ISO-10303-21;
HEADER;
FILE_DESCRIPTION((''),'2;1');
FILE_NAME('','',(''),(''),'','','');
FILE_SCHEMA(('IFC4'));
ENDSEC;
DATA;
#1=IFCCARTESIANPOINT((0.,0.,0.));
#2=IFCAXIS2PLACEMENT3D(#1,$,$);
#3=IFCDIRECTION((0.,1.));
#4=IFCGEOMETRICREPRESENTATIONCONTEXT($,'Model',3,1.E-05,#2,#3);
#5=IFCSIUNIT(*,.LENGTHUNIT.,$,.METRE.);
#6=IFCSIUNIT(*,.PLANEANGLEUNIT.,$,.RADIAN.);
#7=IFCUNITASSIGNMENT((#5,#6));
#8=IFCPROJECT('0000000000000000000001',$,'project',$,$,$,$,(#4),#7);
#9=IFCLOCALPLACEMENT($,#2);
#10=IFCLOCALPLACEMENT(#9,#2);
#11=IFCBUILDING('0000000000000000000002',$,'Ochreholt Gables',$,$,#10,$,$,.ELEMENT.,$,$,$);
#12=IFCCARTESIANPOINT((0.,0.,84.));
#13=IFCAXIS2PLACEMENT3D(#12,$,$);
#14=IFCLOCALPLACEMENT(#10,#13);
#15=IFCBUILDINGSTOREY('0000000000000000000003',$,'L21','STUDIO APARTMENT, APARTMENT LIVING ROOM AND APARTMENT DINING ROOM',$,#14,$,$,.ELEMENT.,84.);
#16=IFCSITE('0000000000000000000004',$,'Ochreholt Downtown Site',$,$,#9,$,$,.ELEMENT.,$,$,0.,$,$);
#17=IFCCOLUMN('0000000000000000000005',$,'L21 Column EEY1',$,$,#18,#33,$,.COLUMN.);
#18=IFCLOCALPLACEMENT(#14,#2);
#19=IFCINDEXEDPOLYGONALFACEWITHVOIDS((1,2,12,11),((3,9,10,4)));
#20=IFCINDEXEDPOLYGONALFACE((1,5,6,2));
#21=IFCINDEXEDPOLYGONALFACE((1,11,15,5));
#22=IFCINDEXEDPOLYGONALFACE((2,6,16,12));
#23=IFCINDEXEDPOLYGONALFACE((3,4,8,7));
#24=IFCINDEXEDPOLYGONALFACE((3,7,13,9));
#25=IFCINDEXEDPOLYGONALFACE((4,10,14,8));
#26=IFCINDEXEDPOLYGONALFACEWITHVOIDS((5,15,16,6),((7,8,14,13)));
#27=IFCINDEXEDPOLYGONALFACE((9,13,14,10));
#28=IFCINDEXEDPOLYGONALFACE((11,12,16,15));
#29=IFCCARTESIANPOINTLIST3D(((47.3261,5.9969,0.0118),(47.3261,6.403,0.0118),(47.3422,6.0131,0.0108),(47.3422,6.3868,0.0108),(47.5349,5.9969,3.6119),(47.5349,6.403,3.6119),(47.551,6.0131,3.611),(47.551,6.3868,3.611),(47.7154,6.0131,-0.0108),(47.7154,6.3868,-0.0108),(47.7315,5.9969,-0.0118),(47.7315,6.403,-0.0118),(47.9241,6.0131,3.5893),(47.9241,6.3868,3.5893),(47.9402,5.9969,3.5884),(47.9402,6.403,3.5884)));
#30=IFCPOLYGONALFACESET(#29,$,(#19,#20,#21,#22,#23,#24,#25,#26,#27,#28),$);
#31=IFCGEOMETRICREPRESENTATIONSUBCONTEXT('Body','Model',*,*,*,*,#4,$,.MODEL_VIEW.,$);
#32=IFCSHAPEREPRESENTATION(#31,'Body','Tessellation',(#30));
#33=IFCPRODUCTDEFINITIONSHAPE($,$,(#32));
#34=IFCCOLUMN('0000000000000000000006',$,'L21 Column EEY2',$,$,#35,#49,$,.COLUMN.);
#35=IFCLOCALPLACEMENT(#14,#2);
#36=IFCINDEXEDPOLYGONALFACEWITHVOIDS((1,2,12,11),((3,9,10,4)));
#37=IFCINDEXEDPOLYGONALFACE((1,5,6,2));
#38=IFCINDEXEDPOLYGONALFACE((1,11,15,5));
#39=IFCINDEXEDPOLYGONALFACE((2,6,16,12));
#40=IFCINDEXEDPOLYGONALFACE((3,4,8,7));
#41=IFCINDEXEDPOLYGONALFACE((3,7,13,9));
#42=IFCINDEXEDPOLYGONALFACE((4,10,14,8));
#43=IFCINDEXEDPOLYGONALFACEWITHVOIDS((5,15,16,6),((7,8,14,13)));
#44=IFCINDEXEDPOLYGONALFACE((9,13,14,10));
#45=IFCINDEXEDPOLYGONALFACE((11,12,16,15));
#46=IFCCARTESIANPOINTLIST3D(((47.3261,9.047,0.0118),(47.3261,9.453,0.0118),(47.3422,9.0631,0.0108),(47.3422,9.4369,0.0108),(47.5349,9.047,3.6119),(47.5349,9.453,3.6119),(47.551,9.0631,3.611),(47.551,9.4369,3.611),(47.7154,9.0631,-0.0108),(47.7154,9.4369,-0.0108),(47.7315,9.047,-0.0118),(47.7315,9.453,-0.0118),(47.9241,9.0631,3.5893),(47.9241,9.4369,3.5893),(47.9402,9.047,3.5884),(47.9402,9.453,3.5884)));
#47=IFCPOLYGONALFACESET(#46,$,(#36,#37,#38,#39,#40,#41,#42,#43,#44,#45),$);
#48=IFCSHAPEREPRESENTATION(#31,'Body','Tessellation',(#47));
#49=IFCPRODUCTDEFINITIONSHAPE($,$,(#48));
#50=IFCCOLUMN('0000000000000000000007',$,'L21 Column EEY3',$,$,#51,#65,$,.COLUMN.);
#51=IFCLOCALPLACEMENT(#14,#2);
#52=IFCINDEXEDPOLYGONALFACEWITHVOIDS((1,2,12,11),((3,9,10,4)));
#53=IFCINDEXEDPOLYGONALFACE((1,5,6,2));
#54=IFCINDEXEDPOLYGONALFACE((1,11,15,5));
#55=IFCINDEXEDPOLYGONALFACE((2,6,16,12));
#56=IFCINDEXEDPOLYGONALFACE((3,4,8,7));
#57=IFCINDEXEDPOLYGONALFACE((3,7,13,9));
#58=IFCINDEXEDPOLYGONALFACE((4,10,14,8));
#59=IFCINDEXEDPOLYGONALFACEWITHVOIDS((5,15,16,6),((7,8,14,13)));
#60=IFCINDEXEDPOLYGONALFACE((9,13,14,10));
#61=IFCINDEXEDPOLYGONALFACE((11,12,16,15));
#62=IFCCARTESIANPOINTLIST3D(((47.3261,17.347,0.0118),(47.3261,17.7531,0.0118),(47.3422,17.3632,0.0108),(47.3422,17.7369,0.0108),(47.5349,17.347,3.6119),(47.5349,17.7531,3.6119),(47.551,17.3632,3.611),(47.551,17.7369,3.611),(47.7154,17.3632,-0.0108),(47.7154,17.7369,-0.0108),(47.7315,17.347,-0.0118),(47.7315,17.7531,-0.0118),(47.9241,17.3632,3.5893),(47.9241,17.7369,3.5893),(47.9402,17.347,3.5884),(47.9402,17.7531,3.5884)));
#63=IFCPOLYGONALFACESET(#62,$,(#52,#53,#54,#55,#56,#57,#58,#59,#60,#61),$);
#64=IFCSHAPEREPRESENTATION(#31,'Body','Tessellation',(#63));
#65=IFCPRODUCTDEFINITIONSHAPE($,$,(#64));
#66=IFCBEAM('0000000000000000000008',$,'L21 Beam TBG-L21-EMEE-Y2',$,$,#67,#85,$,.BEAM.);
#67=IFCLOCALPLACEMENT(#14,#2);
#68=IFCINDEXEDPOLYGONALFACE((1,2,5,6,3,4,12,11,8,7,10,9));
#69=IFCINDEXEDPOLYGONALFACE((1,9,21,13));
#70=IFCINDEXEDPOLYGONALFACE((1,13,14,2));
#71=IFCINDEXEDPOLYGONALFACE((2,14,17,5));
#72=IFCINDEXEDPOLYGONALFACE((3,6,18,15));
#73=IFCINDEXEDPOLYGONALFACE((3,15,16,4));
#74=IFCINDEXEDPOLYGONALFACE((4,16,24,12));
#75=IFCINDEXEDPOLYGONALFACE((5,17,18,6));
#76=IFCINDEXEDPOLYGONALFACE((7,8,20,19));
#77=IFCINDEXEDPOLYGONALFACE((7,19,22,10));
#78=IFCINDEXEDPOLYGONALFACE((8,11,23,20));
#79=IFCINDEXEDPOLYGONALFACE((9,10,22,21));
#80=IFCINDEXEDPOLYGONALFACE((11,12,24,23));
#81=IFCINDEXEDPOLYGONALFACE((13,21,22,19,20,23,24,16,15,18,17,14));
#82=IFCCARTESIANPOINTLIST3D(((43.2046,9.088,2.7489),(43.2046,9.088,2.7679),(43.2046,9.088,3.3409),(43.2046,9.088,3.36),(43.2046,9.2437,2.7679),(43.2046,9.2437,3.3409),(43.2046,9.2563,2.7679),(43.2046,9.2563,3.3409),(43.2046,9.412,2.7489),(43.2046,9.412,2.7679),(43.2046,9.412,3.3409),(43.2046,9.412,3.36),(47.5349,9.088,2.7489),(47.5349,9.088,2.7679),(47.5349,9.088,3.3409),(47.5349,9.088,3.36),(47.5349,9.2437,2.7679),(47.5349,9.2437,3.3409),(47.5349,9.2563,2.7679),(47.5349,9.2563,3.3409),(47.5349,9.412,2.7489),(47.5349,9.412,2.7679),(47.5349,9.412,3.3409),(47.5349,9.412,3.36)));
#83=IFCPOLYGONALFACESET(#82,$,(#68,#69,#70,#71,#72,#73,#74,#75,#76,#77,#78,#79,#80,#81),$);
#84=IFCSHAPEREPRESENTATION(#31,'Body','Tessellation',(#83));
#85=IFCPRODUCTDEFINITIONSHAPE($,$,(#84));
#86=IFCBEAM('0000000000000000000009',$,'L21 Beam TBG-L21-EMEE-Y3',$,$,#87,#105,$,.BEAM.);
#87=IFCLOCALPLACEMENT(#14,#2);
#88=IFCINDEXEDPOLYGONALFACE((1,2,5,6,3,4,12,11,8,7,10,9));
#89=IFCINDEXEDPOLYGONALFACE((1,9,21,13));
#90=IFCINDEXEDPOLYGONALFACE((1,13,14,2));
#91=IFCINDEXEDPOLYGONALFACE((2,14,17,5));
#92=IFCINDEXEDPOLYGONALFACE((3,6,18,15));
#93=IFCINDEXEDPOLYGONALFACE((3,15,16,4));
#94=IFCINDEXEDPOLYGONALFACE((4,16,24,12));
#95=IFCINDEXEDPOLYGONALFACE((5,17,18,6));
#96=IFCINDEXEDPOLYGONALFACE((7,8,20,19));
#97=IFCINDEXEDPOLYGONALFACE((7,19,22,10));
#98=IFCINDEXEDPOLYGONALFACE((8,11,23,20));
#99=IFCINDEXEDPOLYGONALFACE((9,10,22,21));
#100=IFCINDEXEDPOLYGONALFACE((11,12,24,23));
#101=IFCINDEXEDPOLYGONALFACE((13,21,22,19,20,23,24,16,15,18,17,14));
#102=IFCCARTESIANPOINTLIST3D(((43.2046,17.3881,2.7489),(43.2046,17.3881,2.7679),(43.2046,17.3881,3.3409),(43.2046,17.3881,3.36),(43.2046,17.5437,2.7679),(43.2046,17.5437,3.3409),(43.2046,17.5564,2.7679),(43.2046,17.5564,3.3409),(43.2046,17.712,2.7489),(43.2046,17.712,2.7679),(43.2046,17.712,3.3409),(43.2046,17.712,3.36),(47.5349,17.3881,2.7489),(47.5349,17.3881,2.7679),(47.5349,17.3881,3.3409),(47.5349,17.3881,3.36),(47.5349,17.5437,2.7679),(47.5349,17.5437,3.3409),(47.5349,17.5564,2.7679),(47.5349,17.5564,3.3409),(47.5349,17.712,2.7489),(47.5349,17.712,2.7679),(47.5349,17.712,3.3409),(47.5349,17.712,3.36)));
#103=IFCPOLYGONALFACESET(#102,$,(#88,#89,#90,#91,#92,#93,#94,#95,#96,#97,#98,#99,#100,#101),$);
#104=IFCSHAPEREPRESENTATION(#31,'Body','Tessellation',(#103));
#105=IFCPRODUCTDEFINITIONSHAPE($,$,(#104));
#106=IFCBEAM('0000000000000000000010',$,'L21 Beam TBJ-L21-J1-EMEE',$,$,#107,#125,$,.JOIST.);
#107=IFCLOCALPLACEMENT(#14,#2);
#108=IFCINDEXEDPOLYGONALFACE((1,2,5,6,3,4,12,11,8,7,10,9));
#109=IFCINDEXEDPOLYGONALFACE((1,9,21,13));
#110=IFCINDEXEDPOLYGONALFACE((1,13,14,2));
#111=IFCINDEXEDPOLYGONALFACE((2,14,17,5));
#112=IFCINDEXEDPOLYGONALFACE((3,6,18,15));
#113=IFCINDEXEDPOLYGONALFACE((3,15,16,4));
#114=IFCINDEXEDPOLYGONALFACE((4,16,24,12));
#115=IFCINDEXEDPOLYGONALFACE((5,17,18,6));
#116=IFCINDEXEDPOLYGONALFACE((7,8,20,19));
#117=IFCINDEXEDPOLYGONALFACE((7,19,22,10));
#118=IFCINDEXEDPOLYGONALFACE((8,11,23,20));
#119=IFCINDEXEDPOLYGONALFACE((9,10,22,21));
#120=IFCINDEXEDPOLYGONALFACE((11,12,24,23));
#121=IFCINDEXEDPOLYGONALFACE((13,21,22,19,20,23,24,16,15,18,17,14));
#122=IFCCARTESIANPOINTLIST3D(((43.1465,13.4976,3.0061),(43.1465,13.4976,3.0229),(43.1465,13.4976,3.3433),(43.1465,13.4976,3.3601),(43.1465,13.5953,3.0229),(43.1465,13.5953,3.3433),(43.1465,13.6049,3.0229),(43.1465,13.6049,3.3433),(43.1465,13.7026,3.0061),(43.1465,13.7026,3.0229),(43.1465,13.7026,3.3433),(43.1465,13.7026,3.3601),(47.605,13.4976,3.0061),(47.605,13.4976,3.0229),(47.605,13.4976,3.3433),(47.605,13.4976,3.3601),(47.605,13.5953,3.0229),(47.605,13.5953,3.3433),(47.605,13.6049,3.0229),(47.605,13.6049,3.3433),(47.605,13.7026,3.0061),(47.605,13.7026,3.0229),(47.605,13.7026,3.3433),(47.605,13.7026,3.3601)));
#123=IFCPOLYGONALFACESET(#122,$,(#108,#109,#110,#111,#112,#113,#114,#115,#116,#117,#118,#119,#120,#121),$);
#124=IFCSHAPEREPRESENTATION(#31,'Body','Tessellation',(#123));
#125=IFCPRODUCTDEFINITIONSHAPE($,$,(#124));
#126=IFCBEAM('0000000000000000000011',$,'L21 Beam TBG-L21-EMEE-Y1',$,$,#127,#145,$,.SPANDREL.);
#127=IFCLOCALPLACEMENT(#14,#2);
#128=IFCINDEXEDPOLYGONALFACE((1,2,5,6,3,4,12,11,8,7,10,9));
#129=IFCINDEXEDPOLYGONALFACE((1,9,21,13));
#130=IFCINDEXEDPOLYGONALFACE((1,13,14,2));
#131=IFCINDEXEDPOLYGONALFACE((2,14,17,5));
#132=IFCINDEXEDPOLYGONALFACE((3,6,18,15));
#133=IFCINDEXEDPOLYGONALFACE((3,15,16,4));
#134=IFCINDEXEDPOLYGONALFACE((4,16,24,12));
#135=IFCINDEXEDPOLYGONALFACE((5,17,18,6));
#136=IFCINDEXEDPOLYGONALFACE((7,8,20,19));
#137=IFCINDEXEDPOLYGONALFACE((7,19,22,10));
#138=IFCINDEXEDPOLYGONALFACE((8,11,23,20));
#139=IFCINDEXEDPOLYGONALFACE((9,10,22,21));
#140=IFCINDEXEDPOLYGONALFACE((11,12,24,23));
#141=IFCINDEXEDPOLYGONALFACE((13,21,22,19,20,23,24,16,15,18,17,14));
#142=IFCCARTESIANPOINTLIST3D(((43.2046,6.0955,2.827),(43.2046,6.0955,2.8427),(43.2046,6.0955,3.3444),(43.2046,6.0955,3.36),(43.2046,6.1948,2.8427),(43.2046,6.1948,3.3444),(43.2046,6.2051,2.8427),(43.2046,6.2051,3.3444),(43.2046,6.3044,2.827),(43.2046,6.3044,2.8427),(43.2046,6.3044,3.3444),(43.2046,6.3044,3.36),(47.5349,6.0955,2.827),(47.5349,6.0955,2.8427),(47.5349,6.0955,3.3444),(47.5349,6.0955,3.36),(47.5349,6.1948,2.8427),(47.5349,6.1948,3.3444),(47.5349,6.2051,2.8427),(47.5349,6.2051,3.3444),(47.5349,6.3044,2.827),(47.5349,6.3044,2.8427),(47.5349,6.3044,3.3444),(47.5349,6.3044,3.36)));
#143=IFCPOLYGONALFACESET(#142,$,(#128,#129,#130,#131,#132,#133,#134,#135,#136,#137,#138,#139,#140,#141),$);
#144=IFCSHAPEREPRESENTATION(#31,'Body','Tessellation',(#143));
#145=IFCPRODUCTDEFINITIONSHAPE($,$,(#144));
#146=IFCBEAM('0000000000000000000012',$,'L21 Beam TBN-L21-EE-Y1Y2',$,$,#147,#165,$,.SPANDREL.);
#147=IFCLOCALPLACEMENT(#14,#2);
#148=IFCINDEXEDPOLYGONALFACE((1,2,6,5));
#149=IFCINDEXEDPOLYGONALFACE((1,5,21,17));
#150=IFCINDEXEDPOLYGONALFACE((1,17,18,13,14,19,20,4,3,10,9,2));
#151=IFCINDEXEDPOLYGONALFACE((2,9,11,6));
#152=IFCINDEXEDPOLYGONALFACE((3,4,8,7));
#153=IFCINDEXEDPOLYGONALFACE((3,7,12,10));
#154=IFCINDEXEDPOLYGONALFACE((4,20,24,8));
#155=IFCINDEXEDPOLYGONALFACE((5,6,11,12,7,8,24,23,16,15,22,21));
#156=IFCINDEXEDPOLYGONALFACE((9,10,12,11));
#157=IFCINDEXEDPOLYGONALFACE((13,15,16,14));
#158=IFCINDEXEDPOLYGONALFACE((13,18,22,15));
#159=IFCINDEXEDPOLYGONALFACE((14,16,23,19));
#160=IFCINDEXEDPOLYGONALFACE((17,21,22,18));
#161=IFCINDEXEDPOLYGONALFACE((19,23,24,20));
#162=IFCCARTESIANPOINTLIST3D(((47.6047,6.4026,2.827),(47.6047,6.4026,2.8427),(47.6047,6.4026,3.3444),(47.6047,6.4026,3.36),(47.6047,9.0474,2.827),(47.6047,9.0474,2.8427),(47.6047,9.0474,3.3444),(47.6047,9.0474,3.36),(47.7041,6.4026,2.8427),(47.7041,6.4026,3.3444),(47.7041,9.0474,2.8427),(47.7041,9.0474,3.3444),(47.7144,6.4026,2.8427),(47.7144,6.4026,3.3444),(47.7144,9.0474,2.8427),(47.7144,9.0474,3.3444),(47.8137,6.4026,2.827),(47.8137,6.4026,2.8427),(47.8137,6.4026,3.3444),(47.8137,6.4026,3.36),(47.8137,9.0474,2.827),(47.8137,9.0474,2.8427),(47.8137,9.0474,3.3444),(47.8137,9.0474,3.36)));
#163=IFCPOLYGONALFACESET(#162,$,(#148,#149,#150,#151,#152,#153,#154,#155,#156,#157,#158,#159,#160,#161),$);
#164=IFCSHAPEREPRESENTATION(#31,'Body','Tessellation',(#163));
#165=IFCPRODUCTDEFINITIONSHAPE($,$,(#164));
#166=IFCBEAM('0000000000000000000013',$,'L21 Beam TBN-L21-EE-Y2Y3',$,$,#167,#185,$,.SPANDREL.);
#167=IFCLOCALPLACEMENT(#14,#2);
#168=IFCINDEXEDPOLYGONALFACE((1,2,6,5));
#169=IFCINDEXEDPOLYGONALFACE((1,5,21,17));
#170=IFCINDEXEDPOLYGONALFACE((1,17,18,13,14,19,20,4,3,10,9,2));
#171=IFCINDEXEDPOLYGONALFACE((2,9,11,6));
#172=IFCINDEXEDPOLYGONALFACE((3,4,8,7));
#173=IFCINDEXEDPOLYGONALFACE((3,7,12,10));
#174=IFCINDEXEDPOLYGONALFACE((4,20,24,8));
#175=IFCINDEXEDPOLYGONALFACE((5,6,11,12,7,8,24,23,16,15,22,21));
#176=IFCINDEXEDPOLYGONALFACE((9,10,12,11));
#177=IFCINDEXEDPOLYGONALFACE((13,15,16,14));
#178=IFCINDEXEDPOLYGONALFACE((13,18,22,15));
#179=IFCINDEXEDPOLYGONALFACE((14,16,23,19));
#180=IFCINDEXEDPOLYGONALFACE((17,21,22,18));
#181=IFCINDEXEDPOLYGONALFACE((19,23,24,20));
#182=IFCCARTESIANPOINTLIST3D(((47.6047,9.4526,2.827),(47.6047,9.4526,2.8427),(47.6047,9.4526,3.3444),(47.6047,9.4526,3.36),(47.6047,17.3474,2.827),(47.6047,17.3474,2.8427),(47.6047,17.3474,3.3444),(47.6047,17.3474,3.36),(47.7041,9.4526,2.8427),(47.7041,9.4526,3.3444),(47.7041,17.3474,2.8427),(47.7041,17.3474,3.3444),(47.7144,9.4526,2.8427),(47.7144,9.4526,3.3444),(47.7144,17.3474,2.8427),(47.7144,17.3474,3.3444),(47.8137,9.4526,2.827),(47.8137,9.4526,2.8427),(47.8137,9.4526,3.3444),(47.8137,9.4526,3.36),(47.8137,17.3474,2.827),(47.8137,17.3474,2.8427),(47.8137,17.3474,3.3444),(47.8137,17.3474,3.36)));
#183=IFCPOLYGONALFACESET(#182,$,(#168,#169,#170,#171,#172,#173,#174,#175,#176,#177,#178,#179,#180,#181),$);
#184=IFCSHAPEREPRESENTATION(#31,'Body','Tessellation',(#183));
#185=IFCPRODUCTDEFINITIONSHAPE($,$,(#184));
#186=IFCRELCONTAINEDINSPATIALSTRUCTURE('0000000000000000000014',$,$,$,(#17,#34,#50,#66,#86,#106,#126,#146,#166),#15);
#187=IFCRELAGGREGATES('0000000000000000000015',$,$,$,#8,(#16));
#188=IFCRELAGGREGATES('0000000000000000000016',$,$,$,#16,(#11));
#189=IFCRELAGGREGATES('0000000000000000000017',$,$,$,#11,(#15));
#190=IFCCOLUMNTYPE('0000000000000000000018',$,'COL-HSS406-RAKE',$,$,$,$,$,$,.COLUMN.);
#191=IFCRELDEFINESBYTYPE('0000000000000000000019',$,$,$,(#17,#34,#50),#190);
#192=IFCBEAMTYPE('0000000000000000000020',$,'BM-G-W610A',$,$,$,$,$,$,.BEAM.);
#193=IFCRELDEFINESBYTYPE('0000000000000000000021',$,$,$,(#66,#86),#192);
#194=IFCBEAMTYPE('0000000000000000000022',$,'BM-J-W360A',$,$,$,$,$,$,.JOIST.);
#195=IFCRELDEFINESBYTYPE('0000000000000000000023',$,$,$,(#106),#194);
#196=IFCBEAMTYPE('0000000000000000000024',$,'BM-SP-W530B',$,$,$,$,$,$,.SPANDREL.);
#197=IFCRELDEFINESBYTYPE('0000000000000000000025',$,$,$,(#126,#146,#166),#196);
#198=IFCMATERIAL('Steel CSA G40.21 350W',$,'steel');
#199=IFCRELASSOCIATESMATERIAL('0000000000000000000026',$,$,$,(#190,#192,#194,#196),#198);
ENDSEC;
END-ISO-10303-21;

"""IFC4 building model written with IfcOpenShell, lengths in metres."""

from ifc_helpers import new_model, si_unit, direction, frame, origin, origin_2d, place, context, subcontext, project, spatial, hollow_rectangle, i_section, extrude, material, material_profile, profile_set, type_object, element, save


model = new_model("IFC4")

# Units and contexts
model_context = context("Model", 3, precision=1e-05, world=origin(), true_north=direction((0.0, 1.0)))
body_context = subcontext(model_context, "Body", "Model", "MODEL_VIEW")
ifc_project = project(units=[si_unit("LENGTHUNIT", "METRE"), si_unit("PLANEANGLEUNIT", "RADIAN")], contexts=[model_context])

# Site, building, storey
site_placement = place(None, origin())
site = spatial("IfcSite", under=ifc_project, at=site_placement, Name="Ochreholt Downtown Site", CompositionType="ELEMENT", RefElevation=0.0)
building_placement = place(site_placement, origin())
building = spatial("IfcBuilding", under=site, at=building_placement, Name="Ochreholt Gables", CompositionType="ELEMENT")
storey_placement = place(building_placement, frame((0.0, 0.0, 84.0)))
storey = spatial("IfcBuildingStorey", under=building, at=storey_placement, Name="L21", Description="STUDIO APARTMENT, APARTMENT LIVING ROOM AND APARTMENT DINING ROOM", CompositionType="ELEMENT", Elevation=84.0)

# Columns
ifc_material_1 = material(Name="Steel CSA G40.21 350W", Category="steel")
ifc_material_profile_1 = material_profile(ifc_material_1, hollow_rectangle(XDim=0.406, YDim=0.406, WallThickness=0.0161, at=origin_2d()), Name="HSS406X406X16")
ifc_profile_set_1 = profile_set([ifc_material_profile_1], Name="Steel CSA G40.21 350W")
column_type = type_object("IfcColumnType", Name="COL-HSS406-RAKE", PredefinedType="COLUMN", material=ifc_profile_set_1)
for number, where, z_axis, x_axis, name in (
    (1, (47.5288, 6.2, 0.0), (0.057885, 0.0, 0.998323), (0.0, 1.0, 0.0), "L21 Column EEY1"),
    (2, (47.5288, 9.25, 0.0), (0.057885, 0.0, 0.998323), (0.0, 1.0, 0.0), "L21 Column EEY2"),
    (3, (47.5288, 17.55, 0.0), (0.057885, 0.0, 0.998323), (0.0, 1.0, 0.0), "L21 Column EEY3"),
):
    element("IfcColumn", number, at=place(storey_placement, frame(where, z_axis=z_axis, x_axis=x_axis)), inside=storey, type_object=column_type, Name=name, PredefinedType="COLUMN", context=body_context, shape_type="SweptSolid", body=[
        extrude(hollow_rectangle(XDim=0.406, YDim=0.406, WallThickness=0.0161, at=origin_2d()), origin(), (0.0, 0.0, 1.0), 3.6062),
    ])

# Beams
ifc_material_profile_2 = material_profile(ifc_material_1, i_section(OverallWidth=0.324, OverallDepth=0.6111, WebThickness=0.0127, FlangeThickness=0.019, at=origin_2d()), Name="W610X155")
ifc_profile_set_2 = profile_set([ifc_material_profile_2], Name="Steel CSA G40.21 350W")
beam_type_1 = type_object("IfcBeamType", Name="BM-G-W610A", PredefinedType="BEAM", material=ifc_profile_set_2)
for number, where, z_axis, x_axis, name in (
    (4, (43.2046, 9.25, 3.0544), (1.0, 0.0, 0.0), (0.0, 1.0, 0.0), "L21 Beam TBG-L21-EMEE-Y2"),
    (5, (43.2046, 17.55, 3.0544), (1.0, 0.0, 0.0), (0.0, 1.0, 0.0), "L21 Beam TBG-L21-EMEE-Y3"),
):
    element("IfcBeam", number, at=place(storey_placement, frame(where, z_axis=z_axis, x_axis=x_axis)), inside=storey, type_object=beam_type_1, Name=name, PredefinedType="BEAM", context=body_context, shape_type="SweptSolid", body=[
        extrude(i_section(OverallWidth=0.324, OverallDepth=0.6111, WebThickness=0.0127, FlangeThickness=0.019, at=origin_2d()), origin(), (0.0, 0.0, 1.0), 4.3303),
    ])
ifc_material_profile_3 = material_profile(ifc_material_1, i_section(OverallWidth=0.2051, OverallDepth=0.354, WebThickness=0.0095, FlangeThickness=0.0168, at=origin_2d()), Name="W360X79")
ifc_profile_set_3 = profile_set([ifc_material_profile_3], Name="Steel CSA G40.21 350W")
beam_type_2 = type_object("IfcBeamType", Name="BM-J-W360A", PredefinedType="JOIST", material=ifc_profile_set_3)
beam_1_placement = place(storey_placement, frame((43.1465, 13.6001, 3.1831), z_axis=(1.0, 0.0, 0.0), x_axis=(0.0, 1.0, 0.0)))
element("IfcBeam", 6, at=beam_1_placement, inside=storey, type_object=beam_type_2, Name="L21 Beam TBJ-L21-J1-EMEE", PredefinedType="JOIST", context=body_context, shape_type="SweptSolid", body=[
    extrude(i_section(OverallWidth=0.2051, OverallDepth=0.354, WebThickness=0.0095, FlangeThickness=0.0168, at=origin_2d()), origin(), (0.0, 0.0, 1.0), 4.4585),
])
ifc_material_profile_4 = material_profile(ifc_material_1, i_section(OverallWidth=0.209, OverallDepth=0.533, WebThickness=0.0103, FlangeThickness=0.0156, at=origin_2d()), Name="W530X92")
ifc_profile_set_4 = profile_set([ifc_material_profile_4], Name="Steel CSA G40.21 350W")
beam_type_3 = type_object("IfcBeamType", Name="BM-SP-W530B", PredefinedType="SPANDREL", material=ifc_profile_set_4)
beam_2_placement = place(storey_placement, frame((43.2046, 6.2, 3.0935), z_axis=(1.0, 0.0, 0.0), x_axis=(0.0, 1.0, 0.0)))
element("IfcBeam", 7, at=beam_2_placement, inside=storey, type_object=beam_type_3, Name="L21 Beam TBG-L21-EMEE-Y1", PredefinedType="SPANDREL", context=body_context, shape_type="SweptSolid", body=[
    extrude(i_section(OverallWidth=0.209, OverallDepth=0.533, WebThickness=0.0103, FlangeThickness=0.0156, at=origin_2d()), origin(), (0.0, 0.0, 1.0), 4.3303),
])
beam_3_placement = place(storey_placement, frame((47.7092, 6.4026, 3.0935), z_axis=(0.0, 1.0, 0.0), x_axis=(-1.0, 0.0, 0.0)))
element("IfcBeam", 8, at=beam_3_placement, inside=storey, type_object=beam_type_3, Name="L21 Beam TBN-L21-EE-Y1Y2", PredefinedType="SPANDREL", context=body_context, shape_type="SweptSolid", body=[
    extrude(i_section(OverallWidth=0.209, OverallDepth=0.533, WebThickness=0.0103, FlangeThickness=0.0156, at=origin_2d()), origin(), (0.0, 0.0, 1.0), 2.6448),
])
beam_4_placement = place(storey_placement, frame((47.7092, 9.4526, 3.0935), z_axis=(0.0, 1.0, 0.0), x_axis=(-1.0, 0.0, 0.0)))
element("IfcBeam", 9, at=beam_4_placement, inside=storey, type_object=beam_type_3, Name="L21 Beam TBN-L21-EE-Y2Y3", PredefinedType="SPANDREL", context=body_context, shape_type="SweptSolid", body=[
    extrude(i_section(OverallWidth=0.209, OverallDepth=0.533, WebThickness=0.0103, FlangeThickness=0.0156, at=origin_2d()), origin(), (0.0, 0.0, 1.0), 7.8948),
])

save(model, "model.ifc")
